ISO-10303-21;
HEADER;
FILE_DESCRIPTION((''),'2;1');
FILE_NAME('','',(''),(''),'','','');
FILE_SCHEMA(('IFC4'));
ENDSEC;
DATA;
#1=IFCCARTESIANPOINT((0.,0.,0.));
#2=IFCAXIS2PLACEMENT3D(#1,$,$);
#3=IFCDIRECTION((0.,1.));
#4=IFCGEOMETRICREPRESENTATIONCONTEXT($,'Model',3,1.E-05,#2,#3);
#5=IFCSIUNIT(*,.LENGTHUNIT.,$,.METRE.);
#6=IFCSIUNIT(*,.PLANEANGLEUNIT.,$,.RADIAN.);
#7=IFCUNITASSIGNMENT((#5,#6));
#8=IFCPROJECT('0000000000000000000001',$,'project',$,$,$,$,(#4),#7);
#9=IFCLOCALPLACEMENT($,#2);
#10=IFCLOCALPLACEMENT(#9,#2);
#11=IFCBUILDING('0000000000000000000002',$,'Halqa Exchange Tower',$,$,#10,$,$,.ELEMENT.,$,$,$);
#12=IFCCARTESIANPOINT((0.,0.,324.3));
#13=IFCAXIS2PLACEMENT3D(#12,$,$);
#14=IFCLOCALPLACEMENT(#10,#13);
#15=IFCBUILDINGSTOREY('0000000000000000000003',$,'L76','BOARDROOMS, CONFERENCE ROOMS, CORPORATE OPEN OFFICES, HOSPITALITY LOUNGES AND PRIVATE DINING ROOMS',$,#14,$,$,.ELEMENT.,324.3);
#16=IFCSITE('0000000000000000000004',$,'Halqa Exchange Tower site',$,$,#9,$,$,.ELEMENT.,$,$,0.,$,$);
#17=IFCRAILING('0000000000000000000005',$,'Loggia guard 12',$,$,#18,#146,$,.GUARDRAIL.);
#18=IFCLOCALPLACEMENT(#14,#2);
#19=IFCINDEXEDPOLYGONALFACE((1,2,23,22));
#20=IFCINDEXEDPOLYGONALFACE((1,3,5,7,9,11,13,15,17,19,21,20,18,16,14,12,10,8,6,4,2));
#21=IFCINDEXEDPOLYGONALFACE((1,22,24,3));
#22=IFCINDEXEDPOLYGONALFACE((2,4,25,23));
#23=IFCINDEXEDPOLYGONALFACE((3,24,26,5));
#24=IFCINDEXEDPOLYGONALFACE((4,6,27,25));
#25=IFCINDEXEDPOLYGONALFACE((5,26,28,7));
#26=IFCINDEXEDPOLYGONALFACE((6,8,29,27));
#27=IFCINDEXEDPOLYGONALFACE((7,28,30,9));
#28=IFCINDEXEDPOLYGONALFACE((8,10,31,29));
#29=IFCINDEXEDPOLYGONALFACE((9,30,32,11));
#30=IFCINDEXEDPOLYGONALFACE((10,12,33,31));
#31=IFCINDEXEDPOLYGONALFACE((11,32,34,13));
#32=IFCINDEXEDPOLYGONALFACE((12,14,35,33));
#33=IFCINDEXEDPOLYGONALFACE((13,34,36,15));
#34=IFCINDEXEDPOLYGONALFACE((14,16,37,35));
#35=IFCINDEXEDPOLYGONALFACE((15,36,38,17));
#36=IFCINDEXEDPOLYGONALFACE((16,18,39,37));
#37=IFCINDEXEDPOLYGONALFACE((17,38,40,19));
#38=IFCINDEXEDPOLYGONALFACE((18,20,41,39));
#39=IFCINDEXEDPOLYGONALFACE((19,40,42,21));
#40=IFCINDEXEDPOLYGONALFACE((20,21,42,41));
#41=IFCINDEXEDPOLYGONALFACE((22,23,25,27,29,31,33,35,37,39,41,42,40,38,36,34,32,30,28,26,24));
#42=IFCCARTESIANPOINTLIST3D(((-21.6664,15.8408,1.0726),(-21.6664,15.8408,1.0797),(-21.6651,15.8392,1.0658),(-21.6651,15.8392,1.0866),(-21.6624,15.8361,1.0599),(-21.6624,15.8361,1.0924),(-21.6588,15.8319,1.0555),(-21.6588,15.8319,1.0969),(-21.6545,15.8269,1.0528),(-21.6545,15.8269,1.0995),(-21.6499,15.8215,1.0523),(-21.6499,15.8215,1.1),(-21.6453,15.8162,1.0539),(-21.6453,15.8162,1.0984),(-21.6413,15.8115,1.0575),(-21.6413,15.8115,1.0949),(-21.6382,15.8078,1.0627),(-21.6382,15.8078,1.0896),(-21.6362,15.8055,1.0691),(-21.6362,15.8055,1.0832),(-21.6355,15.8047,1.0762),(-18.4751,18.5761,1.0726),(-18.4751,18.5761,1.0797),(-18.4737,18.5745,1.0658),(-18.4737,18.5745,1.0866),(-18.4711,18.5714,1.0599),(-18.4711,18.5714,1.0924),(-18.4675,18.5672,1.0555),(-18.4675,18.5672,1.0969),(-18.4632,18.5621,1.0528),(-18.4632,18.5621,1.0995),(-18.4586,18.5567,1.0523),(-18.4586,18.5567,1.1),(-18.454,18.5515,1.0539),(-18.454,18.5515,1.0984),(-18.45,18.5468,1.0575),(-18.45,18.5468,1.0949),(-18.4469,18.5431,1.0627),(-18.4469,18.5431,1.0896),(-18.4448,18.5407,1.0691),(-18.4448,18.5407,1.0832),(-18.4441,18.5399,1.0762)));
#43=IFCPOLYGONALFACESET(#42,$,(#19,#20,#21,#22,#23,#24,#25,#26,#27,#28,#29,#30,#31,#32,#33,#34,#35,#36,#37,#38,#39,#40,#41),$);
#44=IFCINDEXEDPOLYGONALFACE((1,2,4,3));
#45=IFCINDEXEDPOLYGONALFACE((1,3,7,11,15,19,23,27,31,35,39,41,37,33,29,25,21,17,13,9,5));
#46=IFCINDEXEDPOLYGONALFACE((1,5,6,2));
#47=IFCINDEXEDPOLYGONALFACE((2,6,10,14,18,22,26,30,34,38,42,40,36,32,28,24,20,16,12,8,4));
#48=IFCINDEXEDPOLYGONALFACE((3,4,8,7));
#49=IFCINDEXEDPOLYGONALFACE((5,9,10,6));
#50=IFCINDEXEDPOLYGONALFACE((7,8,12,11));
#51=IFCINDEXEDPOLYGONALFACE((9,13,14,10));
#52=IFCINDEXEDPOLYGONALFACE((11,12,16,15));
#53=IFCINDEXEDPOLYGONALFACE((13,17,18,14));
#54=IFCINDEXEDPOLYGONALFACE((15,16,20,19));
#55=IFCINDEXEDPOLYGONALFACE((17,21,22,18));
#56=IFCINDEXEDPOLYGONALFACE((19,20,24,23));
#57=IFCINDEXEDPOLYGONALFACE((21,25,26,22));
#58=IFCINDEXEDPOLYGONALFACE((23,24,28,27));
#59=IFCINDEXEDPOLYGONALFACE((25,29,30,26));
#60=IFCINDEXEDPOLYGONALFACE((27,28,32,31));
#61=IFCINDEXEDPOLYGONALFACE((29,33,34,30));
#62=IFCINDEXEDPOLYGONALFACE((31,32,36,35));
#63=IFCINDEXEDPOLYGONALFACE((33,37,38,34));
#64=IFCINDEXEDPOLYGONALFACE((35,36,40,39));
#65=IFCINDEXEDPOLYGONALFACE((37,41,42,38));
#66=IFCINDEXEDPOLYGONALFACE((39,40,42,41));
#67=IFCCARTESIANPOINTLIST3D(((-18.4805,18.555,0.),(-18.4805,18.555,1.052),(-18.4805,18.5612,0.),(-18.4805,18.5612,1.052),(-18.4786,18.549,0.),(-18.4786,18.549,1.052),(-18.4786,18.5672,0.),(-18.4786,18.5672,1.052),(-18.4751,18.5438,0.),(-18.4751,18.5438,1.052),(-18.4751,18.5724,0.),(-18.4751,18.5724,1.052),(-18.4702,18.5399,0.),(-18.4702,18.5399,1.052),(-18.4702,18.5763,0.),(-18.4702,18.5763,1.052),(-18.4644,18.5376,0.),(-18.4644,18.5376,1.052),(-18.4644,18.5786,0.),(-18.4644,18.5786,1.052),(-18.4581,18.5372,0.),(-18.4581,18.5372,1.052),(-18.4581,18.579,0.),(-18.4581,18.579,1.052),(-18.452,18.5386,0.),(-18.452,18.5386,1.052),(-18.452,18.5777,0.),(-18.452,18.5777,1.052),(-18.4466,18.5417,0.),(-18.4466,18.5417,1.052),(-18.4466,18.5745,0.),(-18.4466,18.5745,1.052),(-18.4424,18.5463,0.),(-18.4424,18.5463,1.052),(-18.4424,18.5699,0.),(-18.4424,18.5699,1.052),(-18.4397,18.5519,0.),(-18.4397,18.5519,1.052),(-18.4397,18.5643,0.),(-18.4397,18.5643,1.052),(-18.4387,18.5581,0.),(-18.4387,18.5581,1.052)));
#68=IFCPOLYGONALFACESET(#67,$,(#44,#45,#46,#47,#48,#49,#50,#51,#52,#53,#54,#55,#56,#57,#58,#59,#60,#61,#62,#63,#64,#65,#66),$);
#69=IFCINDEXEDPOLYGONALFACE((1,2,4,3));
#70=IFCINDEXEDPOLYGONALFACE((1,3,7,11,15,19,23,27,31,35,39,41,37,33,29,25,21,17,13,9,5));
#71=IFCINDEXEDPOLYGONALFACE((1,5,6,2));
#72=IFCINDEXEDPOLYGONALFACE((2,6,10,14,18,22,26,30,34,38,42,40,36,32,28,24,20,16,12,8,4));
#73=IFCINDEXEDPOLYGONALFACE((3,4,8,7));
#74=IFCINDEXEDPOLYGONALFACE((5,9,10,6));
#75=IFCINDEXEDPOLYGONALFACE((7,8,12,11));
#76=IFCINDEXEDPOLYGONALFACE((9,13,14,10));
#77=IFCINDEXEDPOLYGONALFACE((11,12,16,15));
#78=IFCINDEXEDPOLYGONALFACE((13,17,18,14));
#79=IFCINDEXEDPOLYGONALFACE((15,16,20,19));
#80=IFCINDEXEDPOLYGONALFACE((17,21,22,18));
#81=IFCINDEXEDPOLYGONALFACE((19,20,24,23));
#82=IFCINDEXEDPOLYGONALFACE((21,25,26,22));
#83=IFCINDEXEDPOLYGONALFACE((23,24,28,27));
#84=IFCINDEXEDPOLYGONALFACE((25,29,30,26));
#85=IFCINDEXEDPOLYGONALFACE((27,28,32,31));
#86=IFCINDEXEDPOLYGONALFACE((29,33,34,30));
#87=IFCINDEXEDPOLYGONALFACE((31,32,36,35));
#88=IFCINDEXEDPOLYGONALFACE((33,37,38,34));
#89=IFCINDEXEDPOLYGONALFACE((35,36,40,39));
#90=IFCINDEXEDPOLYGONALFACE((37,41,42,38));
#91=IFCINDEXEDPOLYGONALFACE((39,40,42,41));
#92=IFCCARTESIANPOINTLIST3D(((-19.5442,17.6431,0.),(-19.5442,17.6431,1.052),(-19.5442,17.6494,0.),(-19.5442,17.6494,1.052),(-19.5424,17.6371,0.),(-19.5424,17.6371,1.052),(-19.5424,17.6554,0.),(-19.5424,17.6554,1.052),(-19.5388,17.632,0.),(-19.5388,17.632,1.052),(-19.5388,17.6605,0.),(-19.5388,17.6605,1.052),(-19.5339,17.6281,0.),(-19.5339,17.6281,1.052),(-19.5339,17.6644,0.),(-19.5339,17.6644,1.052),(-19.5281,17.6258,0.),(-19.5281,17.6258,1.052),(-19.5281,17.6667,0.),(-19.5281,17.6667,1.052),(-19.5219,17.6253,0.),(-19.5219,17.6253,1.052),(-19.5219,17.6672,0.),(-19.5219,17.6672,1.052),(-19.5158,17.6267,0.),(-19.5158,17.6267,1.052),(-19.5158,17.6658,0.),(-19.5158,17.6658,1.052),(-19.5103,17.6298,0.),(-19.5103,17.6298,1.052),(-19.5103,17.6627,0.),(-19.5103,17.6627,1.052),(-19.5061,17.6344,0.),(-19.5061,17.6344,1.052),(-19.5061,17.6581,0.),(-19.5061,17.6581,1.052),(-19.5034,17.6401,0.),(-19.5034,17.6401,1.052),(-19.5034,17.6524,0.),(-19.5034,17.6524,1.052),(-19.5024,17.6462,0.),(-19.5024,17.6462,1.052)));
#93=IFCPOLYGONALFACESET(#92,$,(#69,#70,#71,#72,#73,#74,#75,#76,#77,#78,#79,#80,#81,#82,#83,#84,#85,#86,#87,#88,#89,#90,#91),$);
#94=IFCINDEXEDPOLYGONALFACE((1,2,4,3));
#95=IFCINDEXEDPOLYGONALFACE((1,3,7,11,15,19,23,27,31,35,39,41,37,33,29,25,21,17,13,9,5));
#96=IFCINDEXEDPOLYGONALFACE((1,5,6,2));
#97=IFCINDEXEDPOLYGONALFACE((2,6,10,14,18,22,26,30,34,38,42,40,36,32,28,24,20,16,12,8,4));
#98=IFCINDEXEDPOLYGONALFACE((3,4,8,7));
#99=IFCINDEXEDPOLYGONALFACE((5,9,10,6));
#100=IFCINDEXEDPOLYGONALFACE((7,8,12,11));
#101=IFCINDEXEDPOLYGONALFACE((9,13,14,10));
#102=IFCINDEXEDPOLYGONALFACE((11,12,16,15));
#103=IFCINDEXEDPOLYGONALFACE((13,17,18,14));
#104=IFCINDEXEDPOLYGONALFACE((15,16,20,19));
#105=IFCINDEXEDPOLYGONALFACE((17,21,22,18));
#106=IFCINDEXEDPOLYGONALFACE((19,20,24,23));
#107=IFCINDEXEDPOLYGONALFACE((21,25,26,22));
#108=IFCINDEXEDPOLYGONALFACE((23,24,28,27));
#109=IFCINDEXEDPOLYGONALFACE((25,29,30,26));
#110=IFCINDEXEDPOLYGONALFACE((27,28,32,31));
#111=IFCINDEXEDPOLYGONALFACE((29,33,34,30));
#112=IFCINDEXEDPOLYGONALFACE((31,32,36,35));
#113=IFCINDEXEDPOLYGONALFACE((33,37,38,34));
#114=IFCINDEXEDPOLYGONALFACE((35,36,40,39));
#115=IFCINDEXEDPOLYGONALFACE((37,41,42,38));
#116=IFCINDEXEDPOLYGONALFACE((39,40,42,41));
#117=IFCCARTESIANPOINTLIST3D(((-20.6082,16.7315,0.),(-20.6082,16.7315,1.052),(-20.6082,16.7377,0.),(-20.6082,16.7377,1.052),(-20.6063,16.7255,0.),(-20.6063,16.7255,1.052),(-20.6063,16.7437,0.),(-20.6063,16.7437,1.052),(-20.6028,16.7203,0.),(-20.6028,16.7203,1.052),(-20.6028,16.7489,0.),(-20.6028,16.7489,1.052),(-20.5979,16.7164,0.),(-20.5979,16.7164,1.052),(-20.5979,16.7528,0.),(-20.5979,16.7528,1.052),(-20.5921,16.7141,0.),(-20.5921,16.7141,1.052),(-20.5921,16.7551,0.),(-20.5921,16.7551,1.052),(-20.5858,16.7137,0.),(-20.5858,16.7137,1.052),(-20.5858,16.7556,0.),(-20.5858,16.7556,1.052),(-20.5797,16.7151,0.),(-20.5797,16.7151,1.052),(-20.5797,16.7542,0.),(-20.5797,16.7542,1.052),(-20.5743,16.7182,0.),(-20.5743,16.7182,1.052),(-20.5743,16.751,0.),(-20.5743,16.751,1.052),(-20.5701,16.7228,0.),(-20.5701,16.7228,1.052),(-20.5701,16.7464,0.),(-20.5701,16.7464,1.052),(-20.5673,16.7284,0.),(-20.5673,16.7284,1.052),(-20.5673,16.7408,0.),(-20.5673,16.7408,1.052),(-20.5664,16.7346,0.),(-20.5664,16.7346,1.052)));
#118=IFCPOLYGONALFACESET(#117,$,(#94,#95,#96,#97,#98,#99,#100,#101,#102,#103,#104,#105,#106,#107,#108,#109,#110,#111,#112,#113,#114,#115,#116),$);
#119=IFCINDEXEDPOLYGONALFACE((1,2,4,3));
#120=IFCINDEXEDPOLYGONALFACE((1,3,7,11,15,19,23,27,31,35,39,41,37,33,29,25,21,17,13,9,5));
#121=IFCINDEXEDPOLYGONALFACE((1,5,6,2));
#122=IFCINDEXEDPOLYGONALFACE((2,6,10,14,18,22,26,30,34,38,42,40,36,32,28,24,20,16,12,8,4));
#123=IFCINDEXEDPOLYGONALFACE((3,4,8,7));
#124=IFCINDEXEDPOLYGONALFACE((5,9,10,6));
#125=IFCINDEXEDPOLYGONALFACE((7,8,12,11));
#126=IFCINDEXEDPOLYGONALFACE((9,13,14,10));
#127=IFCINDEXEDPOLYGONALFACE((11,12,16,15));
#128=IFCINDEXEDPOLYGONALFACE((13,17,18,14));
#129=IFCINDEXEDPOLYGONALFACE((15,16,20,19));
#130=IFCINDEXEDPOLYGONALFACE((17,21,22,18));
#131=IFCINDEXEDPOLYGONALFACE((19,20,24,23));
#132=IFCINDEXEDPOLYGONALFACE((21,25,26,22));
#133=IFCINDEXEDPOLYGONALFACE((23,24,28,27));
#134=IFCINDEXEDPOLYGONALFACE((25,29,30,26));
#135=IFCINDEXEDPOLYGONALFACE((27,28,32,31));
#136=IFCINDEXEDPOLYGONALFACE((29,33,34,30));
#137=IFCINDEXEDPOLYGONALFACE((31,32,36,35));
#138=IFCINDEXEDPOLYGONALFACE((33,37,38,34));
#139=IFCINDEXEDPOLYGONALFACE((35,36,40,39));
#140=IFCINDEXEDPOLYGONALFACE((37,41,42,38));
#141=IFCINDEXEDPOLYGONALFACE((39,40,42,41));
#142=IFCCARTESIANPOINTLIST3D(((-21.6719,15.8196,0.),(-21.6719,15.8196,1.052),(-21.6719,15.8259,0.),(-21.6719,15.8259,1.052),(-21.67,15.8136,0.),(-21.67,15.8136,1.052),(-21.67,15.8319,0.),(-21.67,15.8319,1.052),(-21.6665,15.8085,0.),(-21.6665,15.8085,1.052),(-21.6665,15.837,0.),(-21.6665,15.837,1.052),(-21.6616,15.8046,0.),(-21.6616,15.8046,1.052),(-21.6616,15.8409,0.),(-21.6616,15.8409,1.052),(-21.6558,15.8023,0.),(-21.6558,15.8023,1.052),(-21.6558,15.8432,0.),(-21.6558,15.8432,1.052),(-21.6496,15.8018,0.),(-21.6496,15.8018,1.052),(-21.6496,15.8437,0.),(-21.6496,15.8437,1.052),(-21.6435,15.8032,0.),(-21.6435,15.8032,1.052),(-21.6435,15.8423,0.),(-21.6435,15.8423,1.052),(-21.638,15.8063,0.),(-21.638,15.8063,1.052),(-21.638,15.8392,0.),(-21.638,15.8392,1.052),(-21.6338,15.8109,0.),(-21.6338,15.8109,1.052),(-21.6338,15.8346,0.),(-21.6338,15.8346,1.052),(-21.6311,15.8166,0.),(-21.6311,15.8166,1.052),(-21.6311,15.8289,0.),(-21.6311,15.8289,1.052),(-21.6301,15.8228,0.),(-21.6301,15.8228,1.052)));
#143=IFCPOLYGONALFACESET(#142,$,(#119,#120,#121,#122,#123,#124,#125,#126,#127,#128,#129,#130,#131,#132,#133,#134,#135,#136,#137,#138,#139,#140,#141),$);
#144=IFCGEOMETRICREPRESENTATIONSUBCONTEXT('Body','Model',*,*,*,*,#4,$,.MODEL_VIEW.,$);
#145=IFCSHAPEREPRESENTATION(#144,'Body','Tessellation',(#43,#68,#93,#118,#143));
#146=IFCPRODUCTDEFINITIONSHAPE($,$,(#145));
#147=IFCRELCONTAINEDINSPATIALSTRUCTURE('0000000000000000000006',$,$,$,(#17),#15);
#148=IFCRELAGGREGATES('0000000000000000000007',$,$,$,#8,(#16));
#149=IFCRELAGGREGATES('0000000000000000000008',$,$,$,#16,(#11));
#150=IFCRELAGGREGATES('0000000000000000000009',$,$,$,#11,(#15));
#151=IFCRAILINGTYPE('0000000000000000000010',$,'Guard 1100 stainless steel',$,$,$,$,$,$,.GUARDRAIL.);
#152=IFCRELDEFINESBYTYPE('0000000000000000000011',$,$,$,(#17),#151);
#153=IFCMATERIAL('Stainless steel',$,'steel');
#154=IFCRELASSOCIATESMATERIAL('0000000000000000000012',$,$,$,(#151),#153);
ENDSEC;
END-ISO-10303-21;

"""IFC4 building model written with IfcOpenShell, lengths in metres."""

from ifc_helpers import new_model, si_unit, direction, frame, origin, origin_2d, place, context, subcontext, project, spatial, circle, extrude, material, type_object, element, save


model = new_model("IFC4")

# Units and contexts
model_context = context("Model", 3, precision=1e-05, world=origin(), true_north=direction((0.0, 1.0)))
body_context = subcontext(model_context, "Body", "Model", "MODEL_VIEW")
ifc_project = project(units=[si_unit("LENGTHUNIT", "METRE"), si_unit("PLANEANGLEUNIT", "RADIAN")], contexts=[model_context])

# Site, building, storey
site_placement = place(None, origin())
site = spatial("IfcSite", under=ifc_project, at=site_placement, Name="Halqa Exchange Tower site", CompositionType="ELEMENT", RefElevation=0.0)
building_placement = place(site_placement, origin())
building = spatial("IfcBuilding", under=site, at=building_placement, Name="Halqa Exchange Tower", CompositionType="ELEMENT")
storey_placement = place(building_placement, frame((0.0, 0.0, 324.3)))
storey = spatial("IfcBuildingStorey", under=building, at=storey_placement, Name="L76", Description="BOARDROOMS, CONFERENCE ROOMS, CORPORATE OPEN OFFICES, HOSPITALITY LOUNGES AND PRIVATE DINING ROOMS", CompositionType="ELEMENT", Elevation=324.3)

# Railing
ifc_material_1 = material(Name="Stainless steel", Category="steel")
railing_type = type_object("IfcRailingType", Name="Guard 1100 stainless steel", PredefinedType="GUARDRAIL", material=ifc_material_1)
railing_1_placement = place(storey_placement, frame((-18.4597, 18.5581, 0.0)))
element("IfcRailing", 1, at=railing_1_placement, inside=storey, type_object=railing_type, Name="Loggia guard 12", PredefinedType="GUARDRAIL", context=body_context, shape_type="SweptSolid", body=[
    extrude(circle(Radius=0.0239, at=origin_2d()), frame((0.0, 0.0, 1.0762), z_axis=(-0.759273, -0.650772, 0.0), x_axis=(0.650772, -0.759273, 0.0)), (0.0, 0.0, 1.0), 4.2031),
    extrude(circle(Radius=0.021, at=origin_2d()), origin(), (0.0, 0.0, 1.0), 1.052),
    extrude(circle(Radius=0.021, at=origin_2d()), frame((-1.0637, -0.9119, 0.0)), (0.0, 0.0, 1.0), 1.052),
    extrude(circle(Radius=0.021, at=origin_2d()), frame((-2.1277, -1.8235, 0.0)), (0.0, 0.0, 1.0), 1.052),
    extrude(circle(Radius=0.021, at=origin_2d()), frame((-3.1914, -2.7354, 0.0)), (0.0, 0.0, 1.0), 1.052),
])

save(model, "model.ifc")
